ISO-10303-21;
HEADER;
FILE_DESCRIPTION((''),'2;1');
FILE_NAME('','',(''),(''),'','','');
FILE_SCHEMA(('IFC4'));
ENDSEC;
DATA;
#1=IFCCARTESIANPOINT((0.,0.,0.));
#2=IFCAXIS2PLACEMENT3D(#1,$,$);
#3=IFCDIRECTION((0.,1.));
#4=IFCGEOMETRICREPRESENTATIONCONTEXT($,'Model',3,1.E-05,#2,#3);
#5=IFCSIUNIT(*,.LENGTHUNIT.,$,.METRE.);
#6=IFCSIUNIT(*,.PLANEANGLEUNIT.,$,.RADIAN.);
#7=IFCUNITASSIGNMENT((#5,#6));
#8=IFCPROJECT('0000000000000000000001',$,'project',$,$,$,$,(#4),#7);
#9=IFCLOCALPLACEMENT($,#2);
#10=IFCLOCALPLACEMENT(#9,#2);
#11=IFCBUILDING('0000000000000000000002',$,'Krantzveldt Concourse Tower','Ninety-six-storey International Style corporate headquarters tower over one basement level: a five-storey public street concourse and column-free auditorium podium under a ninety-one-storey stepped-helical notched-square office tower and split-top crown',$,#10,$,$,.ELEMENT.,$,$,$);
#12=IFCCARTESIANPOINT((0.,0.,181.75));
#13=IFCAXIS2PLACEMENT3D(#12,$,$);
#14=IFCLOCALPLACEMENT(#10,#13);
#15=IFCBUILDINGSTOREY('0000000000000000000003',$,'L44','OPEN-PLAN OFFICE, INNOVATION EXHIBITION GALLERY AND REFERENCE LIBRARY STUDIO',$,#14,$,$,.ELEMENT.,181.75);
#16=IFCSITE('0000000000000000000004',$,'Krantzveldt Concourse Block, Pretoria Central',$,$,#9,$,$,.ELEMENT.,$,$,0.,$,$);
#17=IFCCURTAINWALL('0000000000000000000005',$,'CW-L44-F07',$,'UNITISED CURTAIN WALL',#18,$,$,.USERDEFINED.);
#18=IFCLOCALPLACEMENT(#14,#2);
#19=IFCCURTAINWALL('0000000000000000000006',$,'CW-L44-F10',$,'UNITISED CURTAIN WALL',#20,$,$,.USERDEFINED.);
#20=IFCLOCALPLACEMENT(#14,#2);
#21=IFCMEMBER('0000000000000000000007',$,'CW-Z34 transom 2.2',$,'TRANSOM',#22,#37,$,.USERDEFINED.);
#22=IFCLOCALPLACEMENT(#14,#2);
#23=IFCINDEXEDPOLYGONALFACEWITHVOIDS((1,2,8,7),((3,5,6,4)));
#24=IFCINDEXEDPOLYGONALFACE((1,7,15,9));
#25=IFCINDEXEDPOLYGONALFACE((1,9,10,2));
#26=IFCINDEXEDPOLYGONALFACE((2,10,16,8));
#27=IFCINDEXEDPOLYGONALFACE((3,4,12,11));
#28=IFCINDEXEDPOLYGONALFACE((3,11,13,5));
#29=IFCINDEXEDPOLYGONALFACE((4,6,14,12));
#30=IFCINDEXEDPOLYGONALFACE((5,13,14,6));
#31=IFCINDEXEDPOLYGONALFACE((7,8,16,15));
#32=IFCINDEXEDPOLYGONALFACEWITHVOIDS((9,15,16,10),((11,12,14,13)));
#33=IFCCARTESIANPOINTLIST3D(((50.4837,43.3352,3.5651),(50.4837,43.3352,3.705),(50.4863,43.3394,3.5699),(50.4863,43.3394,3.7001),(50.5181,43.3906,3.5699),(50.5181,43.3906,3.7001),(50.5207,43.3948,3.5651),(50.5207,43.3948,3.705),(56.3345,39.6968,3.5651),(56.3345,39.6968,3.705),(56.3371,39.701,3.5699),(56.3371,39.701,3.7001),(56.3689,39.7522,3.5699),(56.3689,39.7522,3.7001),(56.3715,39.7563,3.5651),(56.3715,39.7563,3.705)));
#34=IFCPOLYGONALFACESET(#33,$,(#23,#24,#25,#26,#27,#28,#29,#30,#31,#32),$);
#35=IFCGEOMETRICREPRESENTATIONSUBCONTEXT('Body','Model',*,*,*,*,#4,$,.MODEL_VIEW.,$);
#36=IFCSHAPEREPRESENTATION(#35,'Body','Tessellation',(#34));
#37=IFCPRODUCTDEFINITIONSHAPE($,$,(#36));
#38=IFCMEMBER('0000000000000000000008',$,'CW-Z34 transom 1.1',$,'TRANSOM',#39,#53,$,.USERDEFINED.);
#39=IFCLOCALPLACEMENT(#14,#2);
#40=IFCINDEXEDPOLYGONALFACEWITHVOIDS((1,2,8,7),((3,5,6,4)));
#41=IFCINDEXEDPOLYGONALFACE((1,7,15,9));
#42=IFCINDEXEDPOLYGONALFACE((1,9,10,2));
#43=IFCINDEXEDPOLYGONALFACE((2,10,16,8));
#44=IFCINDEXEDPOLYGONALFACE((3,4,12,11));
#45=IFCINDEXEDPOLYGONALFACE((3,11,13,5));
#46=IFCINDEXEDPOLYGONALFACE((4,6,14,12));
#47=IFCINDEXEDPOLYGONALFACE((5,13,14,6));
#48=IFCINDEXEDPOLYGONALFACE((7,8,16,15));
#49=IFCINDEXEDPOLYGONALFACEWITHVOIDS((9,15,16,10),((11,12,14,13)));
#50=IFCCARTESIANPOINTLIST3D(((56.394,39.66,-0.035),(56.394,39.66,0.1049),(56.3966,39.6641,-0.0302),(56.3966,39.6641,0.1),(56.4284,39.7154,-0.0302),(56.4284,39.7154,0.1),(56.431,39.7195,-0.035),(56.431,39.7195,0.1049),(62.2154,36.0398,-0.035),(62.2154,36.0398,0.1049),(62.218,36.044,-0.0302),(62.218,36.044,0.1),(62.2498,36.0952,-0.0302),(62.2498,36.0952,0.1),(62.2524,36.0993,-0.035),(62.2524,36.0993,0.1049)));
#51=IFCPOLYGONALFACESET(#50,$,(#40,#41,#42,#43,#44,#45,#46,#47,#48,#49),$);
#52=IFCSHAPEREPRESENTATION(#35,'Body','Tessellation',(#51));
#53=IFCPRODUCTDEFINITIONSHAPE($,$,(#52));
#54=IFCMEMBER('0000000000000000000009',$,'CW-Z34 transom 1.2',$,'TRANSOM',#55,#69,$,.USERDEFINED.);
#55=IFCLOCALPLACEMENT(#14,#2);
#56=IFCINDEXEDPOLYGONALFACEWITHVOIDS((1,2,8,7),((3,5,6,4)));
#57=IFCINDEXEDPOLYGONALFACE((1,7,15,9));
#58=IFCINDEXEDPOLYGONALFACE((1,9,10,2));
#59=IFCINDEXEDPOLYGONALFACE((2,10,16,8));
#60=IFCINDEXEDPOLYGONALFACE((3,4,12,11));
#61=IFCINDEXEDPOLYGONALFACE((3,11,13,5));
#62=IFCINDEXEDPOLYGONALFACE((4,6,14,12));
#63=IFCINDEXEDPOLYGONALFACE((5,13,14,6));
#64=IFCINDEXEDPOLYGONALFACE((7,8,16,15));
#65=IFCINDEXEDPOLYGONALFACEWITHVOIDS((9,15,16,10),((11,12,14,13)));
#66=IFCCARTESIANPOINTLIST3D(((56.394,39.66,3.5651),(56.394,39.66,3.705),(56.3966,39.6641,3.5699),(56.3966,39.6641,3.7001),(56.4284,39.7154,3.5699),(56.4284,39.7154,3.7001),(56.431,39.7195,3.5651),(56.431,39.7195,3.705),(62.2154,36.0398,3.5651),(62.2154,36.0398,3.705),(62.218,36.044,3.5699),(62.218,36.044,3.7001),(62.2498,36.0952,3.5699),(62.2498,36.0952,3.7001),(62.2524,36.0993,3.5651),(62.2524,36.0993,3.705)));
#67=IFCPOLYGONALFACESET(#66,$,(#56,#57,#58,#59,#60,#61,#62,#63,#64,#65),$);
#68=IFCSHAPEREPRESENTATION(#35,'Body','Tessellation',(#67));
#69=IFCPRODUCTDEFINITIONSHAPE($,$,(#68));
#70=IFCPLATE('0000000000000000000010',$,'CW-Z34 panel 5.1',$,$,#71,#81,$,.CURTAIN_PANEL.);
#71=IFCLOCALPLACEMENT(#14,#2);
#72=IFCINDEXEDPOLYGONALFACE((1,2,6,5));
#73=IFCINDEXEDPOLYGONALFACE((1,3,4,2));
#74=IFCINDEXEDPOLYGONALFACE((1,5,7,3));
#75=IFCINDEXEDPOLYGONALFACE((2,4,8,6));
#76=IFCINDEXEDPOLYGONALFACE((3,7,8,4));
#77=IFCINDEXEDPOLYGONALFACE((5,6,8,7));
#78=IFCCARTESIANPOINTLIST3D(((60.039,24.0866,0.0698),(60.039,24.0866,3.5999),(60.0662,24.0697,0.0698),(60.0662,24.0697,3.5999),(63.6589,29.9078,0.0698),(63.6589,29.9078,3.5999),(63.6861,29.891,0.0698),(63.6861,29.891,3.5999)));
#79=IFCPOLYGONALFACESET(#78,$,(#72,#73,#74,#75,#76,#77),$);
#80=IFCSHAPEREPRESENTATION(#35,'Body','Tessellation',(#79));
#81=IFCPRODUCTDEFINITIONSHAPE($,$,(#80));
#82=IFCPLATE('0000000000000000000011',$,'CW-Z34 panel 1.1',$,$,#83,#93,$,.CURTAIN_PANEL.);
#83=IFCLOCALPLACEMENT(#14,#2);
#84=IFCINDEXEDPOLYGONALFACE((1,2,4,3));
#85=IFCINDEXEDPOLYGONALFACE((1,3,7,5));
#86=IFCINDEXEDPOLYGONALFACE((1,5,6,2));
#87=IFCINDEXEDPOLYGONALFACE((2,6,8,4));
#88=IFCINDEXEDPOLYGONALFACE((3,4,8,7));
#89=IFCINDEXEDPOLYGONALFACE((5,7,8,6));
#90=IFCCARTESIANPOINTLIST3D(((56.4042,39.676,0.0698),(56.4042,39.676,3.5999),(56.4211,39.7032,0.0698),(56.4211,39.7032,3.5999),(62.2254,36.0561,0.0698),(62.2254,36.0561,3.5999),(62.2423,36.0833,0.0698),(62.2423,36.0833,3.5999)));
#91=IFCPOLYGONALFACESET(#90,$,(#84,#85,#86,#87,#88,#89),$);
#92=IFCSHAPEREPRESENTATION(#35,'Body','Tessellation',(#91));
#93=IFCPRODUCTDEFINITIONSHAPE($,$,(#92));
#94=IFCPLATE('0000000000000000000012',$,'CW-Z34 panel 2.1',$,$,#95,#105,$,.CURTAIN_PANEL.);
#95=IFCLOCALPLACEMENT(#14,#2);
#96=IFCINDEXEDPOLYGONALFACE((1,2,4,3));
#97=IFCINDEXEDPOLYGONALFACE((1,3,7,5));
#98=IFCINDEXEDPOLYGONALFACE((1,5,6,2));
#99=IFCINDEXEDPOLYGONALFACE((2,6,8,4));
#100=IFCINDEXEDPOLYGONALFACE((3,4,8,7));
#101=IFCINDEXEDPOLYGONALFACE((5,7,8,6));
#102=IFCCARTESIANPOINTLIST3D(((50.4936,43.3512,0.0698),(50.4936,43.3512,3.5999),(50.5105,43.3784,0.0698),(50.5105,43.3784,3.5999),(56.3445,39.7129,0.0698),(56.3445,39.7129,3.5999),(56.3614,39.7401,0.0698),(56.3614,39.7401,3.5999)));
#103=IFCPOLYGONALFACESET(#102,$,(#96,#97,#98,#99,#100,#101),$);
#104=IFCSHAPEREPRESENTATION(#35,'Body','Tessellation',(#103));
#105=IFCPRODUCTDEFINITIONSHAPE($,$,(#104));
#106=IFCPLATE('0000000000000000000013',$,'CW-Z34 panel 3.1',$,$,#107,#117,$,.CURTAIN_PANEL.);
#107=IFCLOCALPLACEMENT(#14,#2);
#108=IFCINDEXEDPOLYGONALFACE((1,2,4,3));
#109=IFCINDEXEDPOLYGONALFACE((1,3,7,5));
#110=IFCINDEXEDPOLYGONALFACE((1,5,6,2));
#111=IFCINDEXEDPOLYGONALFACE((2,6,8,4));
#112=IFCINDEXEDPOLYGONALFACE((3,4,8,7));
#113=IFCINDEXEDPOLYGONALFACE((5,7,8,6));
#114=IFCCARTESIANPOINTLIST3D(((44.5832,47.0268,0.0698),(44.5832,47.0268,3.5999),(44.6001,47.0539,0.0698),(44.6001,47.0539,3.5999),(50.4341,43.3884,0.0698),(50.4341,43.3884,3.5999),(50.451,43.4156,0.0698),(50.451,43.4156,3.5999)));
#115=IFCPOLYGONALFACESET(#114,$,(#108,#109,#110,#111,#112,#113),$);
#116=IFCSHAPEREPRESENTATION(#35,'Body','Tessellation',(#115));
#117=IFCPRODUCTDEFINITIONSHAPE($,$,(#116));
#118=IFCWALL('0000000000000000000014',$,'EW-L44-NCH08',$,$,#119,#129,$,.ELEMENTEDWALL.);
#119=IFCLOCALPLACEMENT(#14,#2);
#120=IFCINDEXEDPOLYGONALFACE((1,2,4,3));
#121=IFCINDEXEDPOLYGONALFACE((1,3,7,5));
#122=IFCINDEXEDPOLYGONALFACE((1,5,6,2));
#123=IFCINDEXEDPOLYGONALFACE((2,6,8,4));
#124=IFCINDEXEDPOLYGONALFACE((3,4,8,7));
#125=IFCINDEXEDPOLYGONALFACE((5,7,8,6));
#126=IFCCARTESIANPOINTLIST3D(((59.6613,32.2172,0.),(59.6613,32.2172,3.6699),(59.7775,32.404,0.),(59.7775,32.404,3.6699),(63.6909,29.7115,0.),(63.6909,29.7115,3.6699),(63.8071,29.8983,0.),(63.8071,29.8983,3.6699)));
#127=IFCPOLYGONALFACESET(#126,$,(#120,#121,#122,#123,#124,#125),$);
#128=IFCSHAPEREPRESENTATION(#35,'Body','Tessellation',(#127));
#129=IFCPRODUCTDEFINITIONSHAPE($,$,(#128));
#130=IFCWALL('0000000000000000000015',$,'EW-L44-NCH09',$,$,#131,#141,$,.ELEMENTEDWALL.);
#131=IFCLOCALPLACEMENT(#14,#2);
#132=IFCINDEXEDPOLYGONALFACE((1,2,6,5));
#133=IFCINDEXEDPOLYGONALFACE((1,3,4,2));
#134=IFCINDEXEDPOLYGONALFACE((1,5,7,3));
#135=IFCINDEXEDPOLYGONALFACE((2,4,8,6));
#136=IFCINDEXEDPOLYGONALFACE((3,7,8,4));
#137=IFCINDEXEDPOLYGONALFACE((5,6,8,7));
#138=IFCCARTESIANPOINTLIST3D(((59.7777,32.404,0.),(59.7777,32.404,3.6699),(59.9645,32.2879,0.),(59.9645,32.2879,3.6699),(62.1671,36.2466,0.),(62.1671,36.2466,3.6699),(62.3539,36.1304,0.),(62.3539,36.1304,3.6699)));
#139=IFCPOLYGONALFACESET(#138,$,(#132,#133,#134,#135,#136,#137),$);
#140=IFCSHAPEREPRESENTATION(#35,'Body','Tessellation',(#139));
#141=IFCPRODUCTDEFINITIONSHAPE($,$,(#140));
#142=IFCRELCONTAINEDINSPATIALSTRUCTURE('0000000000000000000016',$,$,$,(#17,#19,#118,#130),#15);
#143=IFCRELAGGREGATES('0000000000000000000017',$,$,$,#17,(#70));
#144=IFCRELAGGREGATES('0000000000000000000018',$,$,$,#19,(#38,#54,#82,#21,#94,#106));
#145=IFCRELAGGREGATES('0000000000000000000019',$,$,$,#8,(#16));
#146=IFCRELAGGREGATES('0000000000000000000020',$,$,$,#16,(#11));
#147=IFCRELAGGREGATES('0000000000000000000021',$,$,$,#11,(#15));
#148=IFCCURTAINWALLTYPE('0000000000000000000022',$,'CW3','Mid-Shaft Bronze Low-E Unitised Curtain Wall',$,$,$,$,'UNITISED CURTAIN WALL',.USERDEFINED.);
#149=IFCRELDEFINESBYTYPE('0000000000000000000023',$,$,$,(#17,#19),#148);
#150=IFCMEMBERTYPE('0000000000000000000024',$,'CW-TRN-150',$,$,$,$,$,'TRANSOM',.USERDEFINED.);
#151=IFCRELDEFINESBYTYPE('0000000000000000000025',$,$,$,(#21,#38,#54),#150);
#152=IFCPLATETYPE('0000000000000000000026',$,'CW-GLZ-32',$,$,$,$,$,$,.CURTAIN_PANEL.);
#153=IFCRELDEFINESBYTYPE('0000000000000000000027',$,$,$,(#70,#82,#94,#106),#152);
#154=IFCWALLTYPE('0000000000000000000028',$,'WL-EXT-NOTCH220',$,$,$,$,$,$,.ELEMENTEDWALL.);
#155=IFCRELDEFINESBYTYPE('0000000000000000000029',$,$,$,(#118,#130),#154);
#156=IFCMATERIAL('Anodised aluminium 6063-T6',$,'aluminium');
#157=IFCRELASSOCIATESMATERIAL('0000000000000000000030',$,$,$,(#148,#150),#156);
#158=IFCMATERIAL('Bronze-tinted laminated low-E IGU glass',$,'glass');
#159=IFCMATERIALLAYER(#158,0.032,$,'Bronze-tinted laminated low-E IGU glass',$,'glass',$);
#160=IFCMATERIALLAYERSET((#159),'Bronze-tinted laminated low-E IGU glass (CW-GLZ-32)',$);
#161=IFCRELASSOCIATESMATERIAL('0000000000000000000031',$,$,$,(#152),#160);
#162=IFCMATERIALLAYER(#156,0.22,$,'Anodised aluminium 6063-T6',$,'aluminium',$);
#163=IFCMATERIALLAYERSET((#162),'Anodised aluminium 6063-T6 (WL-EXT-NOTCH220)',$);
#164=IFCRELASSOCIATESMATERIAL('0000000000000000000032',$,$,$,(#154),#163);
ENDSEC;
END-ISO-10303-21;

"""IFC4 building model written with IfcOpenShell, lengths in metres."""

from ifc_helpers import new_model, si_unit, direction, frame, frame_2d, origin, origin_2d, place, context, subcontext, project, spatial, rectangle, hollow_rectangle, extrude, source, transform, mapped, material, layer, layer_set, material_profile, profile_set, type_object, type_shapes, element, aggregate, save


model = new_model("IFC4")

# Units and contexts
model_context = context("Model", 3, precision=1e-05, world=origin(), true_north=direction((0.0, 1.0)))
body_context = subcontext(model_context, "Body", "Model", "MODEL_VIEW")
ifc_project = project(units=[si_unit("LENGTHUNIT", "METRE"), si_unit("PLANEANGLEUNIT", "RADIAN")], contexts=[model_context])

# Site, building, storey
site_placement = place(None, origin())
site = spatial("IfcSite", under=ifc_project, at=site_placement, Name="Krantzveldt Concourse Block, Pretoria Central", CompositionType="ELEMENT", RefElevation=0.0)
building_placement = place(site_placement, origin())
building = spatial("IfcBuilding", under=site, at=building_placement, Name="Krantzveldt Concourse Tower", Description="Ninety-six-storey International Style corporate headquarters tower over one basement level: a five-storey public street concourse and column-free auditorium podium under a ninety-one-storey stepped-helical notched-square office tower and split-top crown", CompositionType="ELEMENT")
storey_placement = place(building_placement, frame((0.0, 0.0, 181.75)))
storey = spatial("IfcBuildingStorey", under=building, at=storey_placement, Name="L44", Description="OPEN-PLAN OFFICE, INNOVATION EXHIBITION GALLERY AND REFERENCE LIBRARY STUDIO", CompositionType="ELEMENT", Elevation=181.75)

# Curtain wall
ifc_material_1 = material(Name="Anodised aluminium 6063-T6", Category="aluminium")
curtain_wall_type = type_object("IfcCurtainWallType", Name="CW3", Description="Mid-Shaft Bronze Low-E Unitised Curtain Wall", ElementType="UNITISED CURTAIN WALL", PredefinedType="USERDEFINED", material=ifc_material_1)
curtain_wall_1_placement = place(storey_placement, origin())
curtain_wall_1 = element("IfcCurtainWall", 1, at=curtain_wall_1_placement, inside=storey, type_object=curtain_wall_type, Name="CW-L44-F07", ObjectType="UNITISED CURTAIN WALL", PredefinedType="USERDEFINED")

# Curtain wall, members
curtain_wall_2_placement = place(storey_placement, origin())
curtain_wall_2 = element("IfcCurtainWall", 2, at=curtain_wall_2_placement, inside=storey, type_object=curtain_wall_type, Name="CW-L44-F10", ObjectType="UNITISED CURTAIN WALL", PredefinedType="USERDEFINED")
ifc_material_profile_1 = material_profile(ifc_material_1, hollow_rectangle(XDim=0.0701, YDim=0.1399, WallThickness=0.0049, at=origin_2d()), Name="Anodised aluminium 6063-T6", Category="aluminium")
ifc_profile_set_1 = profile_set([ifc_material_profile_1], Name="Anodised aluminium 6063-T6 - ALU-TRAN 140x70x5")
member_type_1 = type_object("IfcMemberType", Name="CW-TRN-150", ElementType="TRANSOM", PredefinedType="USERDEFINED", material=ifc_profile_set_1)
shared_shape_1 = source(origin(), body_context, "Body", "SweptSolid", [
    extrude(hollow_rectangle(XDim=0.0701, YDim=0.1399, WallThickness=0.0049, at=origin_2d()), origin(), (0.0, 0.0, 1.0), 6.8899),
])
member_1_placement = place(storey_placement, frame((56.353, 39.7266, 3.635), z_axis=(-0.849193, 0.528083, 0.0), x_axis=(-0.528083, -0.849193, 0.0)))
member_1 = element("IfcMember", 3, at=member_1_placement, type_object=member_type_1, Name="CW-Z34 transom 2.2", ObjectType="TRANSOM", PredefinedType="USERDEFINED", context=body_context, shape_type="MappedRepresentation", body=[
    mapped(shared_shape_1, transform((0.0, 0.0, 0.0), x_axis=(1.0, 0.0, 0.0), y_axis=(0.0, 1.0, 0.0), z_axis=(0.0, 0.0, 1.0), scale=1.0)),
])
shared_shape_2 = source(origin(), body_context, "Body", "SweptSolid", [
    extrude(hollow_rectangle(XDim=0.0701, YDim=0.1399, WallThickness=0.0049, at=origin_2d()), origin(), (0.0, 0.0, 1.0), 6.8552),
])
member_2_placement = place(storey_placement, frame((62.2339, 36.0696, 0.0349), z_axis=(-0.849189, 0.52809, 0.0), x_axis=(-0.52809, -0.849189, 0.0)))
member_2 = element("IfcMember", 4, at=member_2_placement, type_object=member_type_1, Name="CW-Z34 transom 1.1", ObjectType="TRANSOM", PredefinedType="USERDEFINED", context=body_context, shape_type="MappedRepresentation", body=[
    mapped(shared_shape_2, transform((0.0, 0.0, 0.0), x_axis=(1.0, 0.0, 0.0), y_axis=(0.0, 1.0, 0.0), z_axis=(0.0, 0.0, 1.0), scale=1.0)),
])
member_3_placement = place(storey_placement, frame((62.2339, 36.0696, 3.635), z_axis=(-0.849189, 0.52809, 0.0), x_axis=(-0.52809, -0.849189, 0.0)))
member_3 = element("IfcMember", 5, at=member_3_placement, type_object=member_type_1, Name="CW-Z34 transom 1.2", ObjectType="TRANSOM", PredefinedType="USERDEFINED", context=body_context, shape_type="MappedRepresentation", body=[
    mapped(shared_shape_2, transform((0.0, 0.0, 0.0), x_axis=(1.0, 0.0, 0.0), y_axis=(0.0, 1.0, 0.0), z_axis=(0.0, 0.0, 1.0), scale=1.0)),
])

# Plates
ifc_material_2 = material(Name="Bronze-tinted laminated low-E IGU glass", Category="glass")
ifc_layer_1 = layer(ifc_material_2, 0.032, Name="Bronze-tinted laminated low-E IGU glass", Category="glass")
ifc_layer_set_1 = layer_set([ifc_layer_1], Name="Bronze-tinted laminated low-E IGU glass (CW-GLZ-32)")
plate_type = type_object("IfcPlateType", Name="CW-GLZ-32", PredefinedType="CURTAIN_PANEL", material=ifc_layer_set_1)
shared_shape_3 = source(origin(), body_context, "Body", "SweptSolid", [
    extrude(rectangle(XDim=6.855, YDim=0.032, at=origin_2d()), origin(), (0.0, 0.0, 1.0), 3.53),
])
plate_1_placement = place(storey_placement, frame((61.8625, 26.9888, 0.0698), z_axis=(0.0, 0.0, 1.0), x_axis=(0.528068, 0.849202, 0.0)))
plate_1 = element("IfcPlate", 6, at=plate_1_placement, type_object=plate_type, Name="CW-Z34 panel 5.1", PredefinedType="CURTAIN_PANEL", context=body_context, shape_type="MappedRepresentation", body=[
    mapped(shared_shape_3, transform((0.0, 0.0, 0.0), x_axis=(1.0, 0.0, 0.0), y_axis=(0.0, 1.0, 0.0), z_axis=(0.0, 0.0, 1.0), scale=1.0)),
])
aggregate(curtain_wall_1, [plate_1])
plate_2_placement = place(storey_placement, frame((59.3232, 37.8796, 0.0698), z_axis=(0.0, 0.0, 1.0), x_axis=(-0.849202, 0.528068, 0.0)))
plate_2 = element("IfcPlate", 7, at=plate_2_placement, type_object=plate_type, Name="CW-Z34 panel 1.1", PredefinedType="CURTAIN_PANEL", context=body_context, shape_type="MappedRepresentation", body=[
    mapped(shared_shape_3, transform((0.0, 0.0, 0.0), x_axis=(1.0, 0.0, 0.0), y_axis=(0.0, 1.0, 0.0), z_axis=(0.0, 0.0, 1.0), scale=1.0)),
])
shared_shape_4 = source(origin(), body_context, "Body", "SweptSolid", [
    extrude(rectangle(XDim=6.8899, YDim=0.032, at=origin_2d()), origin(), (0.0, 0.0, 1.0), 3.53),
])
type_shapes(plate_type, [shared_shape_3, shared_shape_4])
plate_3_placement = place(storey_placement, frame((53.4275, 41.5457, 0.0698), z_axis=(0.0, 0.0, 1.0), x_axis=(-0.849202, 0.528068, 0.0)))
plate_3 = element("IfcPlate", 8, at=plate_3_placement, type_object=plate_type, Name="CW-Z34 panel 2.1", PredefinedType="CURTAIN_PANEL", context=body_context, shape_type="MappedRepresentation", body=[
    mapped(shared_shape_4, transform((0.0, 0.0, 0.0), x_axis=(1.0, 0.0, 0.0), y_axis=(0.0, 1.0, 0.0), z_axis=(0.0, 0.0, 1.0), scale=1.0)),
])
plate_4_placement = place(storey_placement, frame((47.5171, 45.2212, 0.0698), z_axis=(0.0, 0.0, 1.0), x_axis=(-0.849202, 0.528068, 0.0)))
plate_4 = element("IfcPlate", 9, at=plate_4_placement, type_object=plate_type, Name="CW-Z34 panel 3.1", PredefinedType="CURTAIN_PANEL", context=body_context, shape_type="MappedRepresentation", body=[
    mapped(shared_shape_4, transform((0.0, 0.0, 0.0), x_axis=(1.0, 0.0, 0.0), y_axis=(0.0, 1.0, 0.0), z_axis=(0.0, 0.0, 1.0), scale=1.0)),
])
aggregate(curtain_wall_2, [member_2, member_3, plate_2, member_1, plate_3, plate_4])

# Walls
ifc_layer_2 = layer(ifc_material_1, 0.22, Name="Anodised aluminium 6063-T6", Category="aluminium")
ifc_layer_set_2 = layer_set([ifc_layer_2], Name="Anodised aluminium 6063-T6 (WL-EXT-NOTCH220)")
wall_type = type_object("IfcWallType", Name="WL-EXT-NOTCH220", PredefinedType="ELEMENTEDWALL", material=ifc_layer_set_2)
wall_1_placement = place(storey_placement, frame((63.749, 29.8049, 0.0), z_axis=(0.0, 0.0, 1.0), x_axis=(-0.849213, 0.52805, 0.0)))
element("IfcWall", 10, at=wall_1_placement, inside=storey, type_object=wall_type, Name="EW-L44-NCH08", PredefinedType="ELEMENTEDWALL", context=body_context, shape_type="SweptSolid", body=[
    extrude(rectangle(XDim=4.7451, YDim=0.22, at=frame_2d((2.3726, 0.0))), origin(), (0.0, 0.0, 1.0), 3.6699),
])
wall_2_placement = place(storey_placement, frame((59.8711, 32.3459, 0.0), z_axis=(0.0, 0.0, 1.0), x_axis=(0.528062, 0.849206, 0.0)))
element("IfcWall", 11, at=wall_2_placement, inside=storey, type_object=wall_type, Name="EW-L44-NCH09", PredefinedType="ELEMENTEDWALL", context=body_context, shape_type="SweptSolid", body=[
    extrude(rectangle(XDim=4.5249, YDim=0.22, at=frame_2d((2.2625, 0.0))), origin(), (0.0, 0.0, 1.0), 3.6699),
])

save(model, "model.ifc")
